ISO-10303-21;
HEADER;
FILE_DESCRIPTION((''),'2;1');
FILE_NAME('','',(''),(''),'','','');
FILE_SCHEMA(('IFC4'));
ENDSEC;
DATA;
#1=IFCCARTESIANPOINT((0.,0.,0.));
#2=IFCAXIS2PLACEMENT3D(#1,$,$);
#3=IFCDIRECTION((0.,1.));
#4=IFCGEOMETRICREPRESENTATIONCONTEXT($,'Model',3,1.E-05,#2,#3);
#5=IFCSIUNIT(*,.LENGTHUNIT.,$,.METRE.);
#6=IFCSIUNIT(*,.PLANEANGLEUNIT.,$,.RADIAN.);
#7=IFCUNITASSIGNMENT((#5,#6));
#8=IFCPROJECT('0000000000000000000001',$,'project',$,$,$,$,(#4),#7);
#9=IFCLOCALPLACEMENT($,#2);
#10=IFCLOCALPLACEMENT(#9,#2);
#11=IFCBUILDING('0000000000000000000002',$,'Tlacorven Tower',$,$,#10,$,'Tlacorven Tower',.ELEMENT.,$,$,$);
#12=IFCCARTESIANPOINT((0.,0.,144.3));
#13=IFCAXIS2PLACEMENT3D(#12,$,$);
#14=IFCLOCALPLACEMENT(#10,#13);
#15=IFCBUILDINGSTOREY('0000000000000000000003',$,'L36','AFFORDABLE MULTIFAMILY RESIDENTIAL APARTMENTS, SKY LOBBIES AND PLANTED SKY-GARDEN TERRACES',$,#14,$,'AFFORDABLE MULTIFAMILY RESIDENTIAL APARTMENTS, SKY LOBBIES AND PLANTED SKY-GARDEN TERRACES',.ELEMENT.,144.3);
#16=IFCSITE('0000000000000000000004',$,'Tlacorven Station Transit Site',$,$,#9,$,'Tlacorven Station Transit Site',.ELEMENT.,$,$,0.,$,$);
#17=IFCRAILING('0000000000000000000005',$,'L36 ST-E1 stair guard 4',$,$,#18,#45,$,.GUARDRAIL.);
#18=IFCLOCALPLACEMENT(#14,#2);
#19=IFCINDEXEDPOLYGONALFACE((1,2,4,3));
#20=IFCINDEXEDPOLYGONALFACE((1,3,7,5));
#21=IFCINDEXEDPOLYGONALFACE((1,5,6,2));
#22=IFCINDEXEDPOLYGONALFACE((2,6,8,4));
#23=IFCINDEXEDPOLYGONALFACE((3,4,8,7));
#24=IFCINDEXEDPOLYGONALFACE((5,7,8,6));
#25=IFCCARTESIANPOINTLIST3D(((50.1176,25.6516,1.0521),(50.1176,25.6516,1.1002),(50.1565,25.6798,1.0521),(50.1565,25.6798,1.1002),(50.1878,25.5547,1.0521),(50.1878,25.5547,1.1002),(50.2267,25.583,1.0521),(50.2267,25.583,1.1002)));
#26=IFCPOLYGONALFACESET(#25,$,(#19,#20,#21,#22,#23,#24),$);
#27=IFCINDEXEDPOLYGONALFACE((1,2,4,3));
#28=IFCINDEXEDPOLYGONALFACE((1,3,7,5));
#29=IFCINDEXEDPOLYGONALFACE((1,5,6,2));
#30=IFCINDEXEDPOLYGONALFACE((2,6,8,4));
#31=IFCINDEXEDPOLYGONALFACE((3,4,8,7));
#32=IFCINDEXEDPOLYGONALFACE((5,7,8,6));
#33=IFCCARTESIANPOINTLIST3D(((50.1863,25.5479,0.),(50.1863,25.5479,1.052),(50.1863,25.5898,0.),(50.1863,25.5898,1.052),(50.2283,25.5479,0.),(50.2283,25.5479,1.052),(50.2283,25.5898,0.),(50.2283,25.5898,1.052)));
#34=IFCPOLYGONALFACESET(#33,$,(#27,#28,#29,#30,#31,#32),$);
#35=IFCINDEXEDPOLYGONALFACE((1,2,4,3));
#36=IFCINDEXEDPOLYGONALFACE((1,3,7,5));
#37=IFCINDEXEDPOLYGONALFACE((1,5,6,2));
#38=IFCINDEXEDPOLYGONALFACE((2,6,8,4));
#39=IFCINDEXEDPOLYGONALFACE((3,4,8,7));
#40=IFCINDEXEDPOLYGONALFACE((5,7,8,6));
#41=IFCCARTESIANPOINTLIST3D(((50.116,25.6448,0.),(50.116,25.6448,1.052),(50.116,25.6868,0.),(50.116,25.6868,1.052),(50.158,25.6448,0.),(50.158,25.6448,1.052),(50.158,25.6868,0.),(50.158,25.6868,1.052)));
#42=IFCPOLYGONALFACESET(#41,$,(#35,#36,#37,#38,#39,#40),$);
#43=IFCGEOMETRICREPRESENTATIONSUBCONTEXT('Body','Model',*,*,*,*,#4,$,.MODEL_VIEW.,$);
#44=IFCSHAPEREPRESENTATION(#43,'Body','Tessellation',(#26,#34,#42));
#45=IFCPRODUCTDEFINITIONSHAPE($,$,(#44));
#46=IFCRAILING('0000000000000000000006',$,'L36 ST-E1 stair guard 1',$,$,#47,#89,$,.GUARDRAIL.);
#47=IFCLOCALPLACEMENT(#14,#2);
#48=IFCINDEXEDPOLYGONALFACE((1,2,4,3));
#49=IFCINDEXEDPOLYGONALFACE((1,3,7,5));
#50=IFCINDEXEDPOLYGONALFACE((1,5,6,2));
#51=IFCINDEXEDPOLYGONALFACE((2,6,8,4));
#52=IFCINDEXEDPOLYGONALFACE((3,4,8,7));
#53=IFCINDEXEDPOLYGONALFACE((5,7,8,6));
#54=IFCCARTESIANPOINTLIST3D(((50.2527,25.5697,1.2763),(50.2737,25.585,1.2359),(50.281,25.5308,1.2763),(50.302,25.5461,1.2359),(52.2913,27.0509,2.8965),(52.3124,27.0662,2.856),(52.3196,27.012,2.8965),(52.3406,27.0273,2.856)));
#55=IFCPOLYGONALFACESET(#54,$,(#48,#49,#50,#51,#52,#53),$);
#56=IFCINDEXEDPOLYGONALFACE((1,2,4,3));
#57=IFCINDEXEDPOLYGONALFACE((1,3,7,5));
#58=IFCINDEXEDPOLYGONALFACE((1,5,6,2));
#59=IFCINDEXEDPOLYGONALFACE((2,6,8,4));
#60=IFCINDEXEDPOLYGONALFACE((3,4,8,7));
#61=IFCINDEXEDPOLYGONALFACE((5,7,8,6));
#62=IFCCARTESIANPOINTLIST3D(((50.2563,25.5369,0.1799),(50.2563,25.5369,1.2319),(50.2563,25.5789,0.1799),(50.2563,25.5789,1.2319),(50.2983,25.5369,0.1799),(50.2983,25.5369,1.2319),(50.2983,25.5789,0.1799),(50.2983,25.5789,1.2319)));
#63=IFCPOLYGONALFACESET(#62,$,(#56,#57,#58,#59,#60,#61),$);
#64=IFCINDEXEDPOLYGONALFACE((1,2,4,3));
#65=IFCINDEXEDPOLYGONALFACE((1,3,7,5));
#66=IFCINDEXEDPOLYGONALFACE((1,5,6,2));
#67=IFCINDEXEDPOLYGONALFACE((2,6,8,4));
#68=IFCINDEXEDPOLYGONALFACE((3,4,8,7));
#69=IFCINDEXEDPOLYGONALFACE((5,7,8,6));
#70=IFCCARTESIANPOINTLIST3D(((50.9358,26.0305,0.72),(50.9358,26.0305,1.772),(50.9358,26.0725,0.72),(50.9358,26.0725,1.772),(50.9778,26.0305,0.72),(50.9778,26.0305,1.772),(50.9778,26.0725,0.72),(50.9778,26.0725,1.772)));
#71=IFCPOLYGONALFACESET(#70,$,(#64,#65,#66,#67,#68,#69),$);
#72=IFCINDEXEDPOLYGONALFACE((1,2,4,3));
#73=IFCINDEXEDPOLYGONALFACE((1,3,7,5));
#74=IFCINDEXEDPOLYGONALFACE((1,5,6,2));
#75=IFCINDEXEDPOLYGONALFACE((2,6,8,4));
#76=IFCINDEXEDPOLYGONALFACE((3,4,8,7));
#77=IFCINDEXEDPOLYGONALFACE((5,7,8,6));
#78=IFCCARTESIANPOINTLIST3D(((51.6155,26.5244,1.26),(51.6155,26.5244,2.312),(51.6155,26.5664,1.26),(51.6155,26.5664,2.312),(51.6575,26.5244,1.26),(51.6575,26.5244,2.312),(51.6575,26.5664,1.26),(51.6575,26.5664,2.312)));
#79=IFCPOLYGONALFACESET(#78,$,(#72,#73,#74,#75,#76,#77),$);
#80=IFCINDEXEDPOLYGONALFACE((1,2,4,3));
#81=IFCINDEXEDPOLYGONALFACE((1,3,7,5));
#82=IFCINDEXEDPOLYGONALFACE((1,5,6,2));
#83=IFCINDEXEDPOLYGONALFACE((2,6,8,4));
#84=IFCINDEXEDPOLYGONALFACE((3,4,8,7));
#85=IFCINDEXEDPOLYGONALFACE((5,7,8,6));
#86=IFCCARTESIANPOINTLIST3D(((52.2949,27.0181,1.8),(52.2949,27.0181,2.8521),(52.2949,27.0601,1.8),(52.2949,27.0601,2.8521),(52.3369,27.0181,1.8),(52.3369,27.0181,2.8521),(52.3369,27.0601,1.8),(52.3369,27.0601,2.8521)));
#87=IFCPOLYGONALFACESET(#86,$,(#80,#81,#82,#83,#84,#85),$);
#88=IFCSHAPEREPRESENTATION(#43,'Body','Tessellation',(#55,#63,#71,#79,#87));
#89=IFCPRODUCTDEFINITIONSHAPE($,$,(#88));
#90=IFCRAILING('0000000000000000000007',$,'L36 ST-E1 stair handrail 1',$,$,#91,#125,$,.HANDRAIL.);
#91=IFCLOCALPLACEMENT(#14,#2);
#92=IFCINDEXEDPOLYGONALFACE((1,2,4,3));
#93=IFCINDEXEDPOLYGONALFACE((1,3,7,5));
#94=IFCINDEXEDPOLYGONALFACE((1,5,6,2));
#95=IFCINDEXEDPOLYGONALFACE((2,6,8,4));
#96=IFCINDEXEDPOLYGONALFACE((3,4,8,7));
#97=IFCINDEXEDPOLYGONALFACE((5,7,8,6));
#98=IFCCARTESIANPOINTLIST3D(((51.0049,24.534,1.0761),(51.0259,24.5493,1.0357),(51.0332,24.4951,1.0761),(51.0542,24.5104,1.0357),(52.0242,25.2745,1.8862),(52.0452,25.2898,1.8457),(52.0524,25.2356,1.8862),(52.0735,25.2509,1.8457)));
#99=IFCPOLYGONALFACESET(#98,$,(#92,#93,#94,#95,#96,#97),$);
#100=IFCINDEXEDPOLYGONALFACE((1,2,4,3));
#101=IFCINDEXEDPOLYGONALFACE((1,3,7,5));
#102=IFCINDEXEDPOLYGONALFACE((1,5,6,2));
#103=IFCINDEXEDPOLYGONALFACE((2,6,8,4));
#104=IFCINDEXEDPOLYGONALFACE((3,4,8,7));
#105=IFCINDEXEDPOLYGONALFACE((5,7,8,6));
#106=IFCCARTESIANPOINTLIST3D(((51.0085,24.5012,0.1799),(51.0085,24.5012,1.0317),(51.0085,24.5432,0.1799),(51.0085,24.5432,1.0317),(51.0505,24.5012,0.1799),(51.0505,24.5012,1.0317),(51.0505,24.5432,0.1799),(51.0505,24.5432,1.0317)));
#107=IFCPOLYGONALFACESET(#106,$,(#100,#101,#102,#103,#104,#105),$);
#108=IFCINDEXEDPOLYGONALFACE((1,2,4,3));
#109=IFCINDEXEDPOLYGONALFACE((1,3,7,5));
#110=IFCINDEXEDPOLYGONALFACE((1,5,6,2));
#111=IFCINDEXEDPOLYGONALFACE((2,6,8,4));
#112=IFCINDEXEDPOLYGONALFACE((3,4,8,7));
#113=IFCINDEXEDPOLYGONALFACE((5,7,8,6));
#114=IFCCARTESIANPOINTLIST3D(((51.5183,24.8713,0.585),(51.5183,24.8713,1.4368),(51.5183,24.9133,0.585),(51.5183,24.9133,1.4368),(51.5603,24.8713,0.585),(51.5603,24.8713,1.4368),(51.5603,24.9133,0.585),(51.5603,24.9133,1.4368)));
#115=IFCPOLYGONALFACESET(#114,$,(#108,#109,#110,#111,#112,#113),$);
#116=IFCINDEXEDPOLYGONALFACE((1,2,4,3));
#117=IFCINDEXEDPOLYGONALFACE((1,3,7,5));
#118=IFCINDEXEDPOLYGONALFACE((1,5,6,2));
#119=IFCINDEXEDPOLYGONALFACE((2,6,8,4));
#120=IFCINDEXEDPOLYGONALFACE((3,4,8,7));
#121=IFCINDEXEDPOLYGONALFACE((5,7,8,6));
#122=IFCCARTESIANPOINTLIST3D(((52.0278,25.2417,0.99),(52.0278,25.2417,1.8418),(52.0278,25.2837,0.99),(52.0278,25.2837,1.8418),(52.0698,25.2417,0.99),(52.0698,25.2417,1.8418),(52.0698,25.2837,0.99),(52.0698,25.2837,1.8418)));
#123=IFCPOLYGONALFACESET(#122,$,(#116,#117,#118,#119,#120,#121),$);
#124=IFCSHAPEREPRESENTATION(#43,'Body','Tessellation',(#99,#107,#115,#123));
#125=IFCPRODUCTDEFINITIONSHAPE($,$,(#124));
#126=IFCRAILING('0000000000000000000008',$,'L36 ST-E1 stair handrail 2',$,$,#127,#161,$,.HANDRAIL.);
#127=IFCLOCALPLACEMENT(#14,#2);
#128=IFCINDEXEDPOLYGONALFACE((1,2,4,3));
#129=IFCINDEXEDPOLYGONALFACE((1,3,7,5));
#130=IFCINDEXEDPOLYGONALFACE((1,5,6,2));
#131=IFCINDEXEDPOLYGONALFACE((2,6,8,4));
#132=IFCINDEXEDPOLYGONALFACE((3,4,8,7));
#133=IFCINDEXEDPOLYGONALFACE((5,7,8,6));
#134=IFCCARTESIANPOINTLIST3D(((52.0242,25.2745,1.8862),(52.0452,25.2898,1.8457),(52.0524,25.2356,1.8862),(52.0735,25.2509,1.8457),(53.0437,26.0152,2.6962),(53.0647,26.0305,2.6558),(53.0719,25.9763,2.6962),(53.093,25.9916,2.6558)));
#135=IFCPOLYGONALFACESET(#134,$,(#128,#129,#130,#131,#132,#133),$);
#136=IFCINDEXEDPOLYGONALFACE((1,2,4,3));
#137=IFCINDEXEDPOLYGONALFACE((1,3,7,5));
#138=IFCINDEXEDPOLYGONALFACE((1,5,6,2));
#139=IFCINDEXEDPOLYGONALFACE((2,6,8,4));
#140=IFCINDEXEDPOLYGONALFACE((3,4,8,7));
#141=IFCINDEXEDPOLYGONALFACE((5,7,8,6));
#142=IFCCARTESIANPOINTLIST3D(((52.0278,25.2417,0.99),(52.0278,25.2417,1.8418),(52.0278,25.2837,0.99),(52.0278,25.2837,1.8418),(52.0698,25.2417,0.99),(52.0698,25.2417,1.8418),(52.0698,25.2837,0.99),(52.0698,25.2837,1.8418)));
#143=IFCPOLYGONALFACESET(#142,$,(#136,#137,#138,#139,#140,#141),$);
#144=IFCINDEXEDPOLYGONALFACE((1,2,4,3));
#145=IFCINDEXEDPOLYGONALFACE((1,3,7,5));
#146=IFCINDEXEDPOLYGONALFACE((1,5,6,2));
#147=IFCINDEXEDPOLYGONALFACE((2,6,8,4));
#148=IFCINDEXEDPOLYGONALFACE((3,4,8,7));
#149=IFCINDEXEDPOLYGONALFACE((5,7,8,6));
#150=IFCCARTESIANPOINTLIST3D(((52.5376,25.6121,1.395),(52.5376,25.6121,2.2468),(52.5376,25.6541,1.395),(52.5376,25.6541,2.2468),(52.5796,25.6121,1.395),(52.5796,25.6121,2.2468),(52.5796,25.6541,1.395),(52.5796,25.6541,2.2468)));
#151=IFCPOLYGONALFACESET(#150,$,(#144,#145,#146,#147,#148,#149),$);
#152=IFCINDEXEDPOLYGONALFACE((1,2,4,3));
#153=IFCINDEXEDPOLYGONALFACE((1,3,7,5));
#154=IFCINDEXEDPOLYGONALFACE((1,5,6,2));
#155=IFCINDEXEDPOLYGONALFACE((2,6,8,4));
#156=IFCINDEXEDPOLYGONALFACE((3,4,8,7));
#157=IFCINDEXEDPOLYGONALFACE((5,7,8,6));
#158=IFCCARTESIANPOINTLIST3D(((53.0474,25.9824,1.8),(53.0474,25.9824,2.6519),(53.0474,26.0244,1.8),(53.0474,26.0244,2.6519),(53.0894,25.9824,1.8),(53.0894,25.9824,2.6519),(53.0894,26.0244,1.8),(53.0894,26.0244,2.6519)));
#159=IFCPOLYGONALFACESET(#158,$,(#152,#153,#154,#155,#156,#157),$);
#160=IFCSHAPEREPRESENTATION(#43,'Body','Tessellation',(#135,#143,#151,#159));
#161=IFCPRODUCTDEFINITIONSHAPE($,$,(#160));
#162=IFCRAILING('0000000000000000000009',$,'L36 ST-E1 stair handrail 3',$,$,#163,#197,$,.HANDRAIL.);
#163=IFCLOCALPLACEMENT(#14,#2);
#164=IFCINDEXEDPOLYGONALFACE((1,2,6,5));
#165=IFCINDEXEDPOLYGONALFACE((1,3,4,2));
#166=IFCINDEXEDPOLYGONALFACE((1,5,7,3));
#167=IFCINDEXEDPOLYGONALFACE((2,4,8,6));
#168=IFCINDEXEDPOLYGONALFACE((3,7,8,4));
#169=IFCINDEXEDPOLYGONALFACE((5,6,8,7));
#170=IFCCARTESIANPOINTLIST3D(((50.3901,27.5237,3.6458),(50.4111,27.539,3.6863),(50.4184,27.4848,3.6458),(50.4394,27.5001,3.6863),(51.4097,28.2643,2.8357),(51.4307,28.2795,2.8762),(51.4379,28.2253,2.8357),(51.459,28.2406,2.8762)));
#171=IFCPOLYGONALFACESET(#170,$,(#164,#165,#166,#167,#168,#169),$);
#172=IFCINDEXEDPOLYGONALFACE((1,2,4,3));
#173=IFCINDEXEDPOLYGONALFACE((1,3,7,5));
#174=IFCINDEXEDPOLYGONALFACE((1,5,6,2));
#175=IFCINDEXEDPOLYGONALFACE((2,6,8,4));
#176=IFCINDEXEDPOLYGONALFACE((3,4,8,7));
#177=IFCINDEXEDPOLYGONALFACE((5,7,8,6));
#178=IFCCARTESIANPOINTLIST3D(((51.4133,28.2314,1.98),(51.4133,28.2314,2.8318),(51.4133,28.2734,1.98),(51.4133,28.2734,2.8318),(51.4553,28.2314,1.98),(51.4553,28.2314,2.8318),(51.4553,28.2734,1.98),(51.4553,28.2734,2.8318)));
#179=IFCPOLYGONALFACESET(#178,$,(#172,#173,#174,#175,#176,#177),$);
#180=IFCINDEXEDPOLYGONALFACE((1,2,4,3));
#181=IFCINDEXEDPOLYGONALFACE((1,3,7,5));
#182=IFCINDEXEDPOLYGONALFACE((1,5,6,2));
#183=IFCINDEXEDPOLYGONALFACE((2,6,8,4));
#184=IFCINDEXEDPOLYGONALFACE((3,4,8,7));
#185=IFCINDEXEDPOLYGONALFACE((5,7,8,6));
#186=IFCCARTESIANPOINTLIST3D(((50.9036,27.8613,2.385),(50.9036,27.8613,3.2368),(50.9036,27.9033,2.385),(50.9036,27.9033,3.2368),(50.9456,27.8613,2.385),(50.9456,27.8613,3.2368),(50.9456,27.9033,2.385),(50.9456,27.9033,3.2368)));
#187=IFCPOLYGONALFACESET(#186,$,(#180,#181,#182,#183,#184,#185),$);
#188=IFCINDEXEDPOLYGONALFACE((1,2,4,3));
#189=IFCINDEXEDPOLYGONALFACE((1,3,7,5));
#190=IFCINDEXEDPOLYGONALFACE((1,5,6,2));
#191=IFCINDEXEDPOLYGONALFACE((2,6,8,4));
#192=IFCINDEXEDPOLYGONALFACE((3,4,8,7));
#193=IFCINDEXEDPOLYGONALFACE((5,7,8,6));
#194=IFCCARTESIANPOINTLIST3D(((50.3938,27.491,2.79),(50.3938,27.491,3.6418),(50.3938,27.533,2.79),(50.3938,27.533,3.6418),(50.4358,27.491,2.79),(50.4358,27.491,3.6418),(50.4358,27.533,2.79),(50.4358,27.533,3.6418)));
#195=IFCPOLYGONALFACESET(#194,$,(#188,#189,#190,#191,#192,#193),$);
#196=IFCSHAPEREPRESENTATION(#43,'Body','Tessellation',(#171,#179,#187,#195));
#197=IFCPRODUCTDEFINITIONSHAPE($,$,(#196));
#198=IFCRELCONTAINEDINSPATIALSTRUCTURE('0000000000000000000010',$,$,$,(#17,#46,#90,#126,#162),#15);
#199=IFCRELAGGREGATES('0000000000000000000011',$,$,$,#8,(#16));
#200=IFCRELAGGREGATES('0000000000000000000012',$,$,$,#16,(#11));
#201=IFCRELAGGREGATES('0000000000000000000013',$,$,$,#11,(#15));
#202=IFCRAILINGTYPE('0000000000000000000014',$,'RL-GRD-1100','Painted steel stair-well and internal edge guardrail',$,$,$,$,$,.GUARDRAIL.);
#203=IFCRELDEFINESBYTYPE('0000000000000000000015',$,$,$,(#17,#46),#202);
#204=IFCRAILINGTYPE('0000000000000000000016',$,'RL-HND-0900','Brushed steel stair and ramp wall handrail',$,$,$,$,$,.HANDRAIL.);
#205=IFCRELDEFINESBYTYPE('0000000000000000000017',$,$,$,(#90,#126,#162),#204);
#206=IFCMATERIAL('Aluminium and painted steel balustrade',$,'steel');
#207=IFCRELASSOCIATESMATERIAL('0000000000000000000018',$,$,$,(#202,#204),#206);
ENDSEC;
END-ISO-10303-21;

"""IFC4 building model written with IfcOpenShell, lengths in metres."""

from ifc_helpers import new_model, si_unit, direction, frame, origin, origin_2d, place, context, subcontext, project, spatial, rectangle, extrude, source, transform, mapped, material, type_object, element, save


model = new_model("IFC4")

# Units and contexts
model_context = context("Model", 3, precision=1e-05, world=origin(), true_north=direction((0.0, 1.0)))
body_context = subcontext(model_context, "Body", "Model", "MODEL_VIEW")
ifc_project = project(units=[si_unit("LENGTHUNIT", "METRE"), si_unit("PLANEANGLEUNIT", "RADIAN")], contexts=[model_context])

# Site, building, storey
site_placement = place(None, origin())
site = spatial("IfcSite", under=ifc_project, at=site_placement, Name="Tlacorven Station Transit Site", LongName="Tlacorven Station Transit Site", CompositionType="ELEMENT", RefElevation=0.0)
building_placement = place(site_placement, origin())
building = spatial("IfcBuilding", under=site, at=building_placement, Name="Tlacorven Tower", LongName="Tlacorven Tower", CompositionType="ELEMENT")
storey_placement = place(building_placement, frame((0.0, 0.0, 144.3)))
storey = spatial("IfcBuildingStorey", under=building, at=storey_placement, Name="L36", Description="AFFORDABLE MULTIFAMILY RESIDENTIAL APARTMENTS, SKY LOBBIES AND PLANTED SKY-GARDEN TERRACES", LongName="AFFORDABLE MULTIFAMILY RESIDENTIAL APARTMENTS, SKY LOBBIES AND PLANTED SKY-GARDEN TERRACES", CompositionType="ELEMENT", Elevation=144.3)

# Shared definitions
ifc_material_1 = material(Name="Aluminium and painted steel balustrade", Category="steel")

# Railings
railing_type_1 = type_object("IfcRailingType", Name="RL-GRD-1100", Description="Painted steel stair-well and internal edge guardrail", PredefinedType="GUARDRAIL", material=ifc_material_1)
shared_shape_1 = source(origin(), body_context, "Body", "SweptSolid", [
    extrude(rectangle(XDim=0.0481, YDim=0.0481, at=origin_2d()), frame((0.0, 0.0, 1.0762), z_axis=(-0.587201, 0.809441, 0.0), x_axis=(-0.809441, -0.587201, 0.0)), (0.0, 0.0, 1.0), 0.1196),
    extrude(rectangle(XDim=0.042, YDim=0.042, at=origin_2d()), origin(), (0.0, 0.0, 1.0), 1.052),
    extrude(rectangle(XDim=0.042, YDim=0.042, at=origin_2d()), frame((-0.0703, 0.0969, 0.0)), (0.0, 0.0, 1.0), 1.052),
])
for number, where, name in (
    (1, (50.2073, 25.5688, 0.0), "L36 ST-E1 stair guard 4"),
):
    element("IfcRailing", number, at=place(storey_placement, frame(where)), inside=storey, type_object=railing_type_1, Name=name, PredefinedType="GUARDRAIL", context=body_context, shape_type="MappedRepresentation", body=[
        mapped(shared_shape_1, transform((0.0, 0.0, 0.0), scale=1.0)),
    ])
shared_shape_2 = source(origin(), body_context, "Body", "SweptSolid", [
    extrude(rectangle(XDim=0.0481, YDim=0.0481, at=origin_2d()), frame((0.0, 0.0, 1.0762), z_axis=(0.680489, 0.494434, 0.540805), x_axis=(-0.587809, 0.809, 0.0)), (0.0, 0.0, 1.0), 2.9958),
    extrude(rectangle(XDim=0.042, YDim=0.042, at=origin_2d()), origin(), (0.0, 0.0, 1.0), 1.052),
    extrude(rectangle(XDim=0.042, YDim=0.042, at=origin_2d()), frame((0.6794, 0.4937, 0.54)), (0.0, 0.0, 1.0), 1.052),
    extrude(rectangle(XDim=0.042, YDim=0.042, at=origin_2d()), frame((1.3591, 0.9875, 1.0801)), (0.0, 0.0, 1.0), 1.052),
    extrude(rectangle(XDim=0.042, YDim=0.042, at=origin_2d()), frame((2.0386, 1.4812, 1.6201)), (0.0, 0.0, 1.0), 1.052),
])
railing_1_placement = place(storey_placement, frame((50.2773, 25.5579, 0.1799)))
element("IfcRailing", 2, at=railing_1_placement, inside=storey, type_object=railing_type_1, Name="L36 ST-E1 stair guard 1", PredefinedType="GUARDRAIL", context=body_context, shape_type="MappedRepresentation", body=[
    mapped(shared_shape_2, transform((0.0, 0.0, 0.0), scale=1.0)),
])
railing_type_2 = type_object("IfcRailingType", Name="RL-HND-0900", Description="Brushed steel stair and ramp wall handrail", PredefinedType="HANDRAIL", material=ifc_material_1)
shared_shape_3 = source(origin(), body_context, "Body", "SweptSolid", [
    extrude(rectangle(XDim=0.0481, YDim=0.0481, at=origin_2d()), frame((0.0, 0.0, 0.876), z_axis=(0.680516, 0.494373, 0.540827), x_axis=(-0.587745, 0.809046, 0.0)), (0.0, 0.0, 1.0), 1.4978),
    extrude(rectangle(XDim=0.042, YDim=0.042, at=origin_2d()), origin(), (0.0, 0.0, 1.0), 0.8518),
    extrude(rectangle(XDim=0.042, YDim=0.042, at=origin_2d()), frame((0.5098, 0.3701, 0.405)), (0.0, 0.0, 1.0), 0.8518),
    extrude(rectangle(XDim=0.042, YDim=0.042, at=origin_2d()), frame((1.0193, 0.7405, 0.8101)), (0.0, 0.0, 1.0), 0.8518),
])
railing_2_placement = place(storey_placement, frame((51.0295, 24.5222, 0.1799)))
element("IfcRailing", 3, at=railing_2_placement, inside=storey, type_object=railing_type_2, Name="L36 ST-E1 stair handrail 1", PredefinedType="HANDRAIL", context=body_context, shape_type="MappedRepresentation", body=[
    mapped(shared_shape_3, transform((0.0, 0.0, 0.0), scale=1.0)),
])
shared_shape_4 = source(origin(), body_context, "Body", "SweptSolid", [
    extrude(rectangle(XDim=0.0481, YDim=0.0481, at=origin_2d()), frame((0.0, 0.0, 0.876), z_axis=(0.680549, 0.494441, 0.540723), x_axis=(-0.58778, 0.809021, 0.0)), (0.0, 0.0, 1.0), 1.498),
    extrude(rectangle(XDim=0.042, YDim=0.042, at=origin_2d()), origin(), (0.0, 0.0, 1.0), 0.8518),
    extrude(rectangle(XDim=0.042, YDim=0.042, at=origin_2d()), frame((0.5098, 0.3704, 0.405)), (0.0, 0.0, 1.0), 0.8518),
    extrude(rectangle(XDim=0.042, YDim=0.042, at=origin_2d()), frame((1.0195, 0.7407, 0.8101)), (0.0, 0.0, 1.0), 0.8518),
])
railing_3_placement = place(storey_placement, frame((52.0488, 25.2627, 0.99)))
element("IfcRailing", 4, at=railing_3_placement, inside=storey, type_object=railing_type_2, Name="L36 ST-E1 stair handrail 2", PredefinedType="HANDRAIL", context=body_context, shape_type="MappedRepresentation", body=[
    mapped(shared_shape_4, transform((0.0, 0.0, 0.0), scale=1.0)),
])
shared_shape_5 = source(origin(), body_context, "Body", "SweptSolid", [
    extrude(rectangle(XDim=0.0481, YDim=0.0481, at=origin_2d()), frame((0.0, 0.0, 0.876), z_axis=(-0.680604, -0.494318, 0.540767), x_axis=(0.587653, -0.809113, 0.0)), (0.0, 0.0, 1.0), 1.498),
    extrude(rectangle(XDim=0.042, YDim=0.042, at=origin_2d()), origin(), (0.0, 0.0, 1.0), 0.8518),
    extrude(rectangle(XDim=0.042, YDim=0.042, at=origin_2d()), frame((-0.5098, -0.3701, 0.405)), (0.0, 0.0, 1.0), 0.8518),
    extrude(rectangle(XDim=0.042, YDim=0.042, at=origin_2d()), frame((-1.0195, -0.7405, 0.8101)), (0.0, 0.0, 1.0), 0.8518),
])
railing_4_placement = place(storey_placement, frame((51.4343, 28.2524, 1.98)))
element("IfcRailing", 5, at=railing_4_placement, inside=storey, type_object=railing_type_2, Name="L36 ST-E1 stair handrail 3", PredefinedType="HANDRAIL", context=body_context, shape_type="MappedRepresentation", body=[
    mapped(shared_shape_5, transform((0.0, 0.0, 0.0), scale=1.0)),
])

save(model, "model.ifc")
